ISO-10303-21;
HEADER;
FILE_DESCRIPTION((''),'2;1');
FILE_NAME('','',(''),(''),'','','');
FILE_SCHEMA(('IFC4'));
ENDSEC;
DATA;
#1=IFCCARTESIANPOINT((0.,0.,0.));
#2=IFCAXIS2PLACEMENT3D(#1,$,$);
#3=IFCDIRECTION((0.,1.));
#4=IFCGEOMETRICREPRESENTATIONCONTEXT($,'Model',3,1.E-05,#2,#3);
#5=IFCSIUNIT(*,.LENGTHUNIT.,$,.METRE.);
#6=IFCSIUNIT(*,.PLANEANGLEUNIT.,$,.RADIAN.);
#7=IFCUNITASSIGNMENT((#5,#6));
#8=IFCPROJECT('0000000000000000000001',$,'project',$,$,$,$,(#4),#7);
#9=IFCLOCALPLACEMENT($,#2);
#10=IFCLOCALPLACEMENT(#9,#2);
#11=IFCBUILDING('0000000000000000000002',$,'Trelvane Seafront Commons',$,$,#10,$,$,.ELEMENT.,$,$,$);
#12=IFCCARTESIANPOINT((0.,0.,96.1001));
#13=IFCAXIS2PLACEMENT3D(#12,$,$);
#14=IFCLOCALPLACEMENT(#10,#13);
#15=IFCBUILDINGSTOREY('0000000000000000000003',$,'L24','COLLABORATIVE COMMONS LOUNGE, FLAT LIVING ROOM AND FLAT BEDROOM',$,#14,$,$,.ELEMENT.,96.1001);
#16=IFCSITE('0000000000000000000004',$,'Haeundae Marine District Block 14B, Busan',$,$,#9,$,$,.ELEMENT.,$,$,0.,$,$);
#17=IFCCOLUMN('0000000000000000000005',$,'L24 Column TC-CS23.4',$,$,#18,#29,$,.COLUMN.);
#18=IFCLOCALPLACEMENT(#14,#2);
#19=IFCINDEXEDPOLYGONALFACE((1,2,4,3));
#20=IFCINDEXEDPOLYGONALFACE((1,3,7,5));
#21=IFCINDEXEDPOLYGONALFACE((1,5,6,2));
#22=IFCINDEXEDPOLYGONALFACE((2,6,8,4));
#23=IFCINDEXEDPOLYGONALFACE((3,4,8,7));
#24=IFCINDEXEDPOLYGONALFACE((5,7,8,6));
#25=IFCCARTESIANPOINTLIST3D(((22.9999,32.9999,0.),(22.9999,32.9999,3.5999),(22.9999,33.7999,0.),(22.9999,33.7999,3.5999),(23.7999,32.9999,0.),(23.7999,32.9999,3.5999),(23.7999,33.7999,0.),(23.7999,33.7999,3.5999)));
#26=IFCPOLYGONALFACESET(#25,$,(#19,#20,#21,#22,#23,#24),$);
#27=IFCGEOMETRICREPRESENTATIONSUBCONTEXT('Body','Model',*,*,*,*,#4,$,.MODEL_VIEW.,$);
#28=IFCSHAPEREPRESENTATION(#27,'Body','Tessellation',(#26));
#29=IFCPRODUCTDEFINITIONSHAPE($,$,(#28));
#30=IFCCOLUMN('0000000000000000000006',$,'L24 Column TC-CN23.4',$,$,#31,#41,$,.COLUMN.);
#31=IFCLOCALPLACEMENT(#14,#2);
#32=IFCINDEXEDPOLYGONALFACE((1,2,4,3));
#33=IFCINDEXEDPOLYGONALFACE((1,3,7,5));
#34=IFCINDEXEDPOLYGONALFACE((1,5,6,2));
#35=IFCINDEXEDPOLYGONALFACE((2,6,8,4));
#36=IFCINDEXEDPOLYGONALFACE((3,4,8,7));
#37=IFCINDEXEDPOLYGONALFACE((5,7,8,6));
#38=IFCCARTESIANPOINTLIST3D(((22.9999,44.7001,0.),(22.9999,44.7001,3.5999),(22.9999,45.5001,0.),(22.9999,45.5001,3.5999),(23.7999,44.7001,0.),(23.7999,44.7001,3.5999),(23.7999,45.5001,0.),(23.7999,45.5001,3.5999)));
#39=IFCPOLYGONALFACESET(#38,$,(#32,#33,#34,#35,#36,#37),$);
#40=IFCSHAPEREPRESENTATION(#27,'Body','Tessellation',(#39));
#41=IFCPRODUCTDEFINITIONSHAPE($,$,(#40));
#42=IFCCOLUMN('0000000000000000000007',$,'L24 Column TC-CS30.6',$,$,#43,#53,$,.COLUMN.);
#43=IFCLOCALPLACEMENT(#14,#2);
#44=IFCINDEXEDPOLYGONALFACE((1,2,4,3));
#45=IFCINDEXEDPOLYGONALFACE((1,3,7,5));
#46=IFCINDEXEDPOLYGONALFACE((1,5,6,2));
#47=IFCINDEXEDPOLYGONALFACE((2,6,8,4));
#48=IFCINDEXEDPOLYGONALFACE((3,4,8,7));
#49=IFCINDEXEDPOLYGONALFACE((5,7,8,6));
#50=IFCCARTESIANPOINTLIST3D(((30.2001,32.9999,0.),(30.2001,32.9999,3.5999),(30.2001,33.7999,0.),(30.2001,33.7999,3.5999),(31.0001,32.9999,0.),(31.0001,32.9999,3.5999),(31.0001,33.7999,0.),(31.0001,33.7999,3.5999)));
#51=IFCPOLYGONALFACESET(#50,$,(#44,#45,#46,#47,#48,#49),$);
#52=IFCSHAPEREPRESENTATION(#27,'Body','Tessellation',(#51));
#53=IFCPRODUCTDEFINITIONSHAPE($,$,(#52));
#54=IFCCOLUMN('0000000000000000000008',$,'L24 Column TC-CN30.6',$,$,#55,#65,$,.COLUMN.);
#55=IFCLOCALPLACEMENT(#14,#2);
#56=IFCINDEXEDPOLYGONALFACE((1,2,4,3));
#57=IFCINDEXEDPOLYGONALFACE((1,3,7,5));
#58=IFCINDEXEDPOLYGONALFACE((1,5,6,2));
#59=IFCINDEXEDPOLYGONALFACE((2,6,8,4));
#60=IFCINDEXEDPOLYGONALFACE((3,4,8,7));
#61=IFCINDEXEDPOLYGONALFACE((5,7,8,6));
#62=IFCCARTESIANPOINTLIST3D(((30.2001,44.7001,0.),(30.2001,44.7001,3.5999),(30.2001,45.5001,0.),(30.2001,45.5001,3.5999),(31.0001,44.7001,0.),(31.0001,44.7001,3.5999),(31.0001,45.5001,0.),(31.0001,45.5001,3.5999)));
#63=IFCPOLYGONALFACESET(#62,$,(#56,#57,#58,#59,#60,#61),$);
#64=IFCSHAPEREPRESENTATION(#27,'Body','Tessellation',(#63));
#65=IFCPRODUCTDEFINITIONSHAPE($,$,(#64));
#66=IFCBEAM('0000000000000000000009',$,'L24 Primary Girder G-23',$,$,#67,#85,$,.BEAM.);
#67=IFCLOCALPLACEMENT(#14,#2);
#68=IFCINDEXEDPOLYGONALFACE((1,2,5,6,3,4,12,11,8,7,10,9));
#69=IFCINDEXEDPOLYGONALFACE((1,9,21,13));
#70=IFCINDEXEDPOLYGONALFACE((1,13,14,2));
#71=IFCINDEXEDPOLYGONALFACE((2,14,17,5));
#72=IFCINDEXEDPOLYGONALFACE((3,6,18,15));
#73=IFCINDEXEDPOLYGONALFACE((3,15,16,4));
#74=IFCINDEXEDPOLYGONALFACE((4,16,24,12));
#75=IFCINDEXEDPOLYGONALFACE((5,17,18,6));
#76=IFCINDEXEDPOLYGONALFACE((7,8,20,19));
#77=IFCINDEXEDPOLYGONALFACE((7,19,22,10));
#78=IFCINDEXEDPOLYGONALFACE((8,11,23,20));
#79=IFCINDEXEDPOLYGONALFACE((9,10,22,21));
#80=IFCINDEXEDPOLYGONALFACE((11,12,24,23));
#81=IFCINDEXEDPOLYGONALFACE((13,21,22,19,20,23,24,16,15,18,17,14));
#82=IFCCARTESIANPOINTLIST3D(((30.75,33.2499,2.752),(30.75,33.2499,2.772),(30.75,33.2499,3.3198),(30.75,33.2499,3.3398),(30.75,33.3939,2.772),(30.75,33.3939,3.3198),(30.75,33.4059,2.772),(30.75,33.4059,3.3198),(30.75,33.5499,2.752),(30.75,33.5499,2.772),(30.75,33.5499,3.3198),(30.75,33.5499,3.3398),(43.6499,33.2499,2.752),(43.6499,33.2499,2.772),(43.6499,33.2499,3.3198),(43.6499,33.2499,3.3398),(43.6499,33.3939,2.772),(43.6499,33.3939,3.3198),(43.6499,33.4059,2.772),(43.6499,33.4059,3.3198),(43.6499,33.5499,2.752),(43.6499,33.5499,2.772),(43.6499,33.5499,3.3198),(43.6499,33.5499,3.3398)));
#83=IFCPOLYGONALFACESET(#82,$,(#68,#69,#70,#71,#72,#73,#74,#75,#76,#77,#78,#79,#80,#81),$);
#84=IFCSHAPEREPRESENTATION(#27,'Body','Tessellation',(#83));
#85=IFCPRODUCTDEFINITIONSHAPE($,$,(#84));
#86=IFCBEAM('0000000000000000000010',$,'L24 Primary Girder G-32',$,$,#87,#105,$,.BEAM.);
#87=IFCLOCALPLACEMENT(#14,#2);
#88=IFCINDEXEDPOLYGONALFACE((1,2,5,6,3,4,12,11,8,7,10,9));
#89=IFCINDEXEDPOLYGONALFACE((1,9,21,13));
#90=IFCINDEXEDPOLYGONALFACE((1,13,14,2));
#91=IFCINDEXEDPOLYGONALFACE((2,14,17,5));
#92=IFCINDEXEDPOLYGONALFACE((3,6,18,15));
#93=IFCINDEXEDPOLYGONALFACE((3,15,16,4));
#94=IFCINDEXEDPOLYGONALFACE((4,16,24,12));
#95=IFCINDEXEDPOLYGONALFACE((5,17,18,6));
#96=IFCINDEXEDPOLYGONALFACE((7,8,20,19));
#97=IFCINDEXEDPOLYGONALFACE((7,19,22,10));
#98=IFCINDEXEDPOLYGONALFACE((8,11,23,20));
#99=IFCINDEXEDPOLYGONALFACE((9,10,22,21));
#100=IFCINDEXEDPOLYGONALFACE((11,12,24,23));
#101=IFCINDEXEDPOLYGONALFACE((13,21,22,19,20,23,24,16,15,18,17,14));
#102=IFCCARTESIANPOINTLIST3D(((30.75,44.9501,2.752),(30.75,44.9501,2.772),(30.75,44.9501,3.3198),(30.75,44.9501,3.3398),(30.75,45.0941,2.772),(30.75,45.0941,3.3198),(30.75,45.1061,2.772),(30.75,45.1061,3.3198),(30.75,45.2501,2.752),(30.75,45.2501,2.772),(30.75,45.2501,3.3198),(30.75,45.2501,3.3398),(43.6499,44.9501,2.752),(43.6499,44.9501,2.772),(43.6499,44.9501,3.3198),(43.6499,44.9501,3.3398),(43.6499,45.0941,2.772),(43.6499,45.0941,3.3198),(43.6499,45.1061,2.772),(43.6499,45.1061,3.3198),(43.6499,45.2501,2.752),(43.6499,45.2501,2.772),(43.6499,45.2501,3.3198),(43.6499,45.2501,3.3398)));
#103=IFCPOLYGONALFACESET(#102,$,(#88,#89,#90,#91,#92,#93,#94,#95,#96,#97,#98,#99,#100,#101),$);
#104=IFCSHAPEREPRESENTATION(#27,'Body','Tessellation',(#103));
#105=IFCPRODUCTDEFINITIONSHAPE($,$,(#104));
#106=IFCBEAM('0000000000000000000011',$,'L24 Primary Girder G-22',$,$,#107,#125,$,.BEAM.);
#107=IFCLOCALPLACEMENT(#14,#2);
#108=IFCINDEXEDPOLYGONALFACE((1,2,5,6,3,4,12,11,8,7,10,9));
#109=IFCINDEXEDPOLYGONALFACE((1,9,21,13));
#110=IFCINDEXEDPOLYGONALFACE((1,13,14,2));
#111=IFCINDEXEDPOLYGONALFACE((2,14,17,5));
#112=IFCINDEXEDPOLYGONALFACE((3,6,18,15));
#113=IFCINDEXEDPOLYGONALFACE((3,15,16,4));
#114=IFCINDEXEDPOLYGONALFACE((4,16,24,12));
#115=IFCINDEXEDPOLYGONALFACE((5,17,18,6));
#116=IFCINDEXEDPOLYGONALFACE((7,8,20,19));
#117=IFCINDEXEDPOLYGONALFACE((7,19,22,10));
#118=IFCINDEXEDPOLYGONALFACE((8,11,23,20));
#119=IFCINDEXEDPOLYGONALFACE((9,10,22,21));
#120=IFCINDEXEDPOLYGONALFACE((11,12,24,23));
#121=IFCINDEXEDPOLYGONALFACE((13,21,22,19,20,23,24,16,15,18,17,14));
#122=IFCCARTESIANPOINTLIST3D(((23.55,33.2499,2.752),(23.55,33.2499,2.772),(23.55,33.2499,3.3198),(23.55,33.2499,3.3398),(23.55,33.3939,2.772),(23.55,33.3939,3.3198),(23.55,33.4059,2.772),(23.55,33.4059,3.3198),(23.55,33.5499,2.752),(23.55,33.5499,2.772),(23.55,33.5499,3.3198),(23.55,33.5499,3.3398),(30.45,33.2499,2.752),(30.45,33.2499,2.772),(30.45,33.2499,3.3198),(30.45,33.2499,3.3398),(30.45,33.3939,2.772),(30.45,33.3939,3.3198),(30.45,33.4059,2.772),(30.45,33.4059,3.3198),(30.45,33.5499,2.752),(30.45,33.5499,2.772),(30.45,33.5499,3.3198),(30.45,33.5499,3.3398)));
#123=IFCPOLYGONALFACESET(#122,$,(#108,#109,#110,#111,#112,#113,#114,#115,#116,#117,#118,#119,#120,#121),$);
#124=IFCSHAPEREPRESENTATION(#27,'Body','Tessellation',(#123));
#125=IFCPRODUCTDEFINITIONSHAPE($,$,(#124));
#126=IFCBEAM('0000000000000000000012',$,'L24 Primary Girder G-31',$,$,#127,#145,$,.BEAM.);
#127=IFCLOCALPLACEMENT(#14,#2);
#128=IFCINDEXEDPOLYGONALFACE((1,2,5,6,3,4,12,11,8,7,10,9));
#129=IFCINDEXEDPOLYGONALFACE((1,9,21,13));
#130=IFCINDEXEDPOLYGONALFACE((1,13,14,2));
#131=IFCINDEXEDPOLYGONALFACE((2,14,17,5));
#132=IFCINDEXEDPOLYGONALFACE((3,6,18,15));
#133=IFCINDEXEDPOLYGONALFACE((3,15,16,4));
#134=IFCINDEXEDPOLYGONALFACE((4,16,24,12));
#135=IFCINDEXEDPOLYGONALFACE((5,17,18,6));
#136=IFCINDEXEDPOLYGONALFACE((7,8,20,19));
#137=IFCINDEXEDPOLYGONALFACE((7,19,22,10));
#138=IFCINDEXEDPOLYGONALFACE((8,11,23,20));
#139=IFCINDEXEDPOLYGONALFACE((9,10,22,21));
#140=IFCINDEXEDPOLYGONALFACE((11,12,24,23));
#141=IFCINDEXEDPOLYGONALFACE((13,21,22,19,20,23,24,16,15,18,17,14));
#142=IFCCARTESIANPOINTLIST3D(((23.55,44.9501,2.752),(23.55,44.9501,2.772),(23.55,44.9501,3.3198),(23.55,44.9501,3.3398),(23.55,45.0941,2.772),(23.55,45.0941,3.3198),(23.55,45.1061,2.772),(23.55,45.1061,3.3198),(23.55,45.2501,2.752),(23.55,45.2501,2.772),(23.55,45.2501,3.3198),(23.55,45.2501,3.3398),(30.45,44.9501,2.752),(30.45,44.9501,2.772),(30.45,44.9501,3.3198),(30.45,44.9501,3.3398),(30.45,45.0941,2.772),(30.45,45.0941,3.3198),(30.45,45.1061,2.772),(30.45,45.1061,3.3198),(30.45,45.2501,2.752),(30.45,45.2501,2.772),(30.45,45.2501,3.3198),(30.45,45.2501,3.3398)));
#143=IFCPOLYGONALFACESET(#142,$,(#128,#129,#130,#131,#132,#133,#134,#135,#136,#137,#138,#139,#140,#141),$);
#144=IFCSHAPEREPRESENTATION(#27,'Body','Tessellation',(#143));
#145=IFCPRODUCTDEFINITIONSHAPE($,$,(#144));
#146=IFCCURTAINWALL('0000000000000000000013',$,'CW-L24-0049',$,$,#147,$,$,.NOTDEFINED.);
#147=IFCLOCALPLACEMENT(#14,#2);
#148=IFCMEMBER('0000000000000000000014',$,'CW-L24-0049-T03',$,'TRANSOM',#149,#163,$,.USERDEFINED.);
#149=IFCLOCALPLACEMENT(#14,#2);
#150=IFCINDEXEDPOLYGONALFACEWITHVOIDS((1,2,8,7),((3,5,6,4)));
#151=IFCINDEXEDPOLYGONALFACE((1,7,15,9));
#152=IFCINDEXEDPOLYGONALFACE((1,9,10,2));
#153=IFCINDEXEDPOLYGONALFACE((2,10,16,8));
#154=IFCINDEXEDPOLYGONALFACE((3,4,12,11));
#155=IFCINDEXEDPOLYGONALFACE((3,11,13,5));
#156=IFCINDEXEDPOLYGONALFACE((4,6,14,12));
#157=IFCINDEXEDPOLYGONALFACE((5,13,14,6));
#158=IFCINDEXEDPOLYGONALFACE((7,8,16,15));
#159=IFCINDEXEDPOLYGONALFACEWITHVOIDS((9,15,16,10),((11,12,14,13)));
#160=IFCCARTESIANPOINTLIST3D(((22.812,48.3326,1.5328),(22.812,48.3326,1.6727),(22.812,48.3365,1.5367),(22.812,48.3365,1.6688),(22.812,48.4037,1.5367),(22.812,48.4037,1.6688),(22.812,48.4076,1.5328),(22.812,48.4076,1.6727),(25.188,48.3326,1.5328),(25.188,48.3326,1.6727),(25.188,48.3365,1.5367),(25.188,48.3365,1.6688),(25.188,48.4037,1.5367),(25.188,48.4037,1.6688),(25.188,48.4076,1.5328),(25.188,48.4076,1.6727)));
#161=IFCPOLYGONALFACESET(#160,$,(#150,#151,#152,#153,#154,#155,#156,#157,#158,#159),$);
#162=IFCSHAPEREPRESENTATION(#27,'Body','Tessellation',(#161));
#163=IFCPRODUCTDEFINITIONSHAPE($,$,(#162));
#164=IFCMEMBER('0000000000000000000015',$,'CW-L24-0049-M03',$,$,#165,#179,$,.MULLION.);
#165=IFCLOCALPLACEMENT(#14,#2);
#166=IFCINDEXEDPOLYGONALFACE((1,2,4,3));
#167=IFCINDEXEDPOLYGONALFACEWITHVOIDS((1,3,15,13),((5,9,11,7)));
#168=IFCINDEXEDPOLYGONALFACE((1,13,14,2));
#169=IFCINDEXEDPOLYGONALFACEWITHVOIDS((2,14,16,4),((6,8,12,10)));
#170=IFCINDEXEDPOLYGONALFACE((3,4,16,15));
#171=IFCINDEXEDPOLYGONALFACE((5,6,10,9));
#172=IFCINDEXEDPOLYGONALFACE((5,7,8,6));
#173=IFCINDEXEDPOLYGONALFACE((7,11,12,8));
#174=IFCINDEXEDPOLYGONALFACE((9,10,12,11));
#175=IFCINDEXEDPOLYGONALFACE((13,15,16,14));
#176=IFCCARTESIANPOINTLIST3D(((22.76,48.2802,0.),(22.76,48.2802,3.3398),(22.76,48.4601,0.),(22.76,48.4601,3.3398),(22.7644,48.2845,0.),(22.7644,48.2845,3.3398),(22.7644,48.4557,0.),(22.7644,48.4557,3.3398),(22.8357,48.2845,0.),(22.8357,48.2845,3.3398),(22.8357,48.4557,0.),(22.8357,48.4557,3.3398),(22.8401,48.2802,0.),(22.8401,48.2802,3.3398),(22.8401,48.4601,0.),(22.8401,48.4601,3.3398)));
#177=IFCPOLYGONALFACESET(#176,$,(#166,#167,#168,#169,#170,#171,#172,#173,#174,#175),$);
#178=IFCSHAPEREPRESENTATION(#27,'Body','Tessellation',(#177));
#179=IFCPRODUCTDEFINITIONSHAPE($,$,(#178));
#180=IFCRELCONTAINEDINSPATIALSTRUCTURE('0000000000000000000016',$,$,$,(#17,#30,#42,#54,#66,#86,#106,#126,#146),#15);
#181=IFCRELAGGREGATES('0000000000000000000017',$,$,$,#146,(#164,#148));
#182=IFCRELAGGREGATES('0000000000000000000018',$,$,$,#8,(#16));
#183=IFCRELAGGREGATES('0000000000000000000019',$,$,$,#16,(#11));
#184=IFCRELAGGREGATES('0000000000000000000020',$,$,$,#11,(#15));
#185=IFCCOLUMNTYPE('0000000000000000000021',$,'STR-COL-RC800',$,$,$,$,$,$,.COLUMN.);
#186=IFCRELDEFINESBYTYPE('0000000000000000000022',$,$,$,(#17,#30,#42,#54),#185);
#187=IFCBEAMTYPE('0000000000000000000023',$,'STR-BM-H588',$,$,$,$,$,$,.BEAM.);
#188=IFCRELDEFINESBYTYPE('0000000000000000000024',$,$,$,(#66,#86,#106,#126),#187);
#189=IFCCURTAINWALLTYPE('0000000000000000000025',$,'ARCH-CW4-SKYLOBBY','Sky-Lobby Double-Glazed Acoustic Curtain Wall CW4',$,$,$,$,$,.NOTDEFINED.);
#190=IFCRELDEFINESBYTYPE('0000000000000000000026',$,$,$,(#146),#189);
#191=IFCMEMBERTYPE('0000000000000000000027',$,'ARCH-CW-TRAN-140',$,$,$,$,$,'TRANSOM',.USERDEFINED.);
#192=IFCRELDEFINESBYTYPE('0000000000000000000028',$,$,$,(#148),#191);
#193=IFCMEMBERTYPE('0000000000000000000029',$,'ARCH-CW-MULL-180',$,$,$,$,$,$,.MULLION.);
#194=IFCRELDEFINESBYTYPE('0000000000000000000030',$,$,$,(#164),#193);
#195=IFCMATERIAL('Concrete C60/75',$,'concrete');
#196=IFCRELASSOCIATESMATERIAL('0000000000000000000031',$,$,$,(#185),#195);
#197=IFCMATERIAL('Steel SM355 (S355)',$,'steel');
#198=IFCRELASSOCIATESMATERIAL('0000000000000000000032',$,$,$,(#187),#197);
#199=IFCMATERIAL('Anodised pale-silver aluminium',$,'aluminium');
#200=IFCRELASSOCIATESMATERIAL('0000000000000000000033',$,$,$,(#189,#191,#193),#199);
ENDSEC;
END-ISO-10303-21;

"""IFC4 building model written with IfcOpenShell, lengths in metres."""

from ifc_helpers import new_model, si_unit, direction, frame, origin, origin_2d, place, context, subcontext, project, spatial, rectangle, hollow_rectangle, i_section, extrude, source, transform, mapped, material, material_profile, profile_set, type_object, element, aggregate, save


model = new_model("IFC4")

# Units and contexts
model_context = context("Model", 3, precision=1e-05, world=origin(), true_north=direction((0.0, 1.0)))
body_context = subcontext(model_context, "Body", "Model", "MODEL_VIEW")
ifc_project = project(units=[si_unit("LENGTHUNIT", "METRE"), si_unit("PLANEANGLEUNIT", "RADIAN")], contexts=[model_context])

# Site, building, storey
site_placement = place(None, origin())
site = spatial("IfcSite", under=ifc_project, at=site_placement, Name="Haeundae Marine District Block 14B, Busan", CompositionType="ELEMENT", RefElevation=0.0)
building_placement = place(site_placement, origin())
building = spatial("IfcBuilding", under=site, at=building_placement, Name="Trelvane Seafront Commons", CompositionType="ELEMENT")
storey_placement = place(building_placement, frame((0.0, 0.0, 96.1001)))
storey = spatial("IfcBuildingStorey", under=building, at=storey_placement, Name="L24", Description="COLLABORATIVE COMMONS LOUNGE, FLAT LIVING ROOM AND FLAT BEDROOM", CompositionType="ELEMENT", Elevation=96.1001)

# Columns
ifc_material_1 = material(Name="Concrete C60/75", Category="concrete")
ifc_material_profile_1 = material_profile(ifc_material_1, rectangle(XDim=0.8, YDim=0.8, at=origin_2d()), Name="RC-800x800")
ifc_profile_set_1 = profile_set([ifc_material_profile_1], Name="Concrete C60/75")
column_type = type_object("IfcColumnType", Name="STR-COL-RC800", PredefinedType="COLUMN", material=ifc_profile_set_1)
shared_shape_1 = source(origin(), body_context, "Body", "SweptSolid", [
    extrude(rectangle(XDim=0.8, YDim=0.8, at=origin_2d()), origin(), (0.0, 0.0, 1.0), 3.5999),
])
for number, where, z_axis, x_axis, name in (
    (1, (23.3999, 33.3999, 0.0), (0.0, 0.0, 1.0), (1.0, 0.0, 0.0), "L24 Column TC-CS23.4"),
    (2, (23.3999, 45.1001, 0.0), (0.0, 0.0, 1.0), (1.0, 0.0, 0.0), "L24 Column TC-CN23.4"),
    (3, (30.6001, 33.3999, 0.0), (0.0, 0.0, 1.0), (1.0, 0.0, 0.0), "L24 Column TC-CS30.6"),
    (4, (30.6001, 45.1001, 0.0), (0.0, 0.0, 1.0), (1.0, 0.0, 0.0), "L24 Column TC-CN30.6"),
):
    element("IfcColumn", number, at=place(storey_placement, frame(where, z_axis=z_axis, x_axis=x_axis)), inside=storey, type_object=column_type, Name=name, PredefinedType="COLUMN", context=body_context, shape_type="MappedRepresentation", body=[
        mapped(shared_shape_1, transform((0.0, 0.0, 0.0), x_axis=(1.0, 0.0, 0.0), y_axis=(0.0, 1.0, 0.0), z_axis=(0.0, 0.0, 1.0), scale=1.0)),
    ])

# Beams
ifc_material_2 = material(Name="Steel SM355 (S355)", Category="steel")
ifc_material_profile_2 = material_profile(ifc_material_2, i_section(OverallWidth=0.3, OverallDepth=0.5879, WebThickness=0.012, FlangeThickness=0.02, at=origin_2d()), Name="H-588x300x12x20")
ifc_profile_set_2 = profile_set([ifc_material_profile_2], Name="Steel SM355 (S355)")
beam_type = type_object("IfcBeamType", Name="STR-BM-H588", PredefinedType="BEAM", material=ifc_profile_set_2)
shared_shape_2 = source(origin(), body_context, "Body", "SweptSolid", [
    extrude(i_section(OverallWidth=0.3, OverallDepth=0.5879, WebThickness=0.012, FlangeThickness=0.02, at=origin_2d()), origin(), (0.0, 0.0, 1.0), 12.8999),
])
for number, where, z_axis, x_axis, name in (
    (5, (30.75, 33.3999, 3.0459), (1.0, 0.0, 0.0), (0.0, 1.0, 0.0), "L24 Primary Girder G-23"),
    (6, (30.75, 45.1001, 3.0459), (1.0, 0.0, 0.0), (0.0, 1.0, 0.0), "L24 Primary Girder G-32"),
):
    element("IfcBeam", number, at=place(storey_placement, frame(where, z_axis=z_axis, x_axis=x_axis)), inside=storey, type_object=beam_type, Name=name, PredefinedType="BEAM", context=body_context, shape_type="MappedRepresentation", body=[
        mapped(shared_shape_2, transform((0.0, 0.0, 0.0), x_axis=(1.0, 0.0, 0.0), y_axis=(0.0, 1.0, 0.0), z_axis=(0.0, 0.0, 1.0), scale=1.0)),
    ])
shared_shape_3 = source(origin(), body_context, "Body", "SweptSolid", [
    extrude(i_section(OverallWidth=0.3, OverallDepth=0.5879, WebThickness=0.012, FlangeThickness=0.02, at=origin_2d()), origin(), (0.0, 0.0, 1.0), 6.8999),
])
for number, where, z_axis, x_axis, name in (
    (7, (23.55, 33.3999, 3.0459), (1.0, 0.0, 0.0), (0.0, 1.0, 0.0), "L24 Primary Girder G-22"),
    (8, (23.55, 45.1001, 3.0459), (1.0, 0.0, 0.0), (0.0, 1.0, 0.0), "L24 Primary Girder G-31"),
):
    element("IfcBeam", number, at=place(storey_placement, frame(where, z_axis=z_axis, x_axis=x_axis)), inside=storey, type_object=beam_type, Name=name, PredefinedType="BEAM", context=body_context, shape_type="MappedRepresentation", body=[
        mapped(shared_shape_3, transform((0.0, 0.0, 0.0), x_axis=(1.0, 0.0, 0.0), y_axis=(0.0, 1.0, 0.0), z_axis=(0.0, 0.0, 1.0), scale=1.0)),
    ])

# Curtain wall, members
ifc_material_3 = material(Name="Anodised pale-silver aluminium", Category="aluminium")
curtain_wall_type = type_object("IfcCurtainWallType", Name="ARCH-CW4-SKYLOBBY", Description="Sky-Lobby Double-Glazed Acoustic Curtain Wall CW4", PredefinedType="NOTDEFINED", material=ifc_material_3)
curtain_wall_placement = place(storey_placement, origin())
curtain_wall = element("IfcCurtainWall", 9, at=curtain_wall_placement, inside=storey, type_object=curtain_wall_type, Name="CW-L24-0049", PredefinedType="NOTDEFINED")
ifc_material_profile_3 = material_profile(ifc_material_3, hollow_rectangle(XDim=0.075, YDim=0.1399, WallThickness=0.0039, at=origin_2d()), Name="TRAN-75x140x4")
ifc_profile_set_3 = profile_set([ifc_material_profile_3], Name="Anodised pale-silver aluminium")
member_type_1 = type_object("IfcMemberType", Name="ARCH-CW-TRAN-140", ElementType="TRANSOM", PredefinedType="USERDEFINED", material=ifc_profile_set_3)
shared_shape_4 = source(origin(), body_context, "Body", "SweptSolid", [
    extrude(hollow_rectangle(XDim=0.075, YDim=0.1399, WallThickness=0.0039, at=origin_2d()), origin(), (0.0, 0.0, 1.0), 2.376),
])
member_1_placement = place(storey_placement, frame((22.812, 48.3701, 1.6028), z_axis=(1.0, 0.0, 0.0), x_axis=(0.0, 1.0, 0.0)))
member_1 = element("IfcMember", 10, at=member_1_placement, type_object=member_type_1, Name="CW-L24-0049-T03", ObjectType="TRANSOM", PredefinedType="USERDEFINED", context=body_context, shape_type="MappedRepresentation", body=[
    mapped(shared_shape_4, transform((0.0, 0.0, 0.0), x_axis=(1.0, 0.0, 0.0), y_axis=(0.0, 1.0, 0.0), z_axis=(0.0, 0.0, 1.0), scale=1.0)),
])
ifc_material_profile_4 = material_profile(ifc_material_3, hollow_rectangle(XDim=0.0801, YDim=0.1799, WallThickness=0.0044, at=origin_2d()), Name="MULL-80x180x4.5")
ifc_profile_set_4 = profile_set([ifc_material_profile_4], Name="Anodised pale-silver aluminium")
member_type_2 = type_object("IfcMemberType", Name="ARCH-CW-MULL-180", PredefinedType="MULLION", material=ifc_profile_set_4)
shared_shape_5 = source(origin(), body_context, "Body", "SweptSolid", [
    extrude(hollow_rectangle(XDim=0.0801, YDim=0.1799, WallThickness=0.0044, at=origin_2d()), origin(), (0.0, 0.0, 1.0), 3.3398),
])
member_2_placement = place(storey_placement, frame((22.8, 48.3701, 0.0), z_axis=(0.0, 0.0, 1.0), x_axis=(1.0, 0.0, 0.0)))
member_2 = element("IfcMember", 11, at=member_2_placement, type_object=member_type_2, Name="CW-L24-0049-M03", PredefinedType="MULLION", context=body_context, shape_type="MappedRepresentation", body=[
    mapped(shared_shape_5, transform((0.0, 0.0, 0.0), x_axis=(1.0, 0.0, 0.0), y_axis=(0.0, 1.0, 0.0), z_axis=(0.0, 0.0, 1.0), scale=1.0)),
])
aggregate(curtain_wall, [member_2, member_1])

save(model, "model.ifc")
